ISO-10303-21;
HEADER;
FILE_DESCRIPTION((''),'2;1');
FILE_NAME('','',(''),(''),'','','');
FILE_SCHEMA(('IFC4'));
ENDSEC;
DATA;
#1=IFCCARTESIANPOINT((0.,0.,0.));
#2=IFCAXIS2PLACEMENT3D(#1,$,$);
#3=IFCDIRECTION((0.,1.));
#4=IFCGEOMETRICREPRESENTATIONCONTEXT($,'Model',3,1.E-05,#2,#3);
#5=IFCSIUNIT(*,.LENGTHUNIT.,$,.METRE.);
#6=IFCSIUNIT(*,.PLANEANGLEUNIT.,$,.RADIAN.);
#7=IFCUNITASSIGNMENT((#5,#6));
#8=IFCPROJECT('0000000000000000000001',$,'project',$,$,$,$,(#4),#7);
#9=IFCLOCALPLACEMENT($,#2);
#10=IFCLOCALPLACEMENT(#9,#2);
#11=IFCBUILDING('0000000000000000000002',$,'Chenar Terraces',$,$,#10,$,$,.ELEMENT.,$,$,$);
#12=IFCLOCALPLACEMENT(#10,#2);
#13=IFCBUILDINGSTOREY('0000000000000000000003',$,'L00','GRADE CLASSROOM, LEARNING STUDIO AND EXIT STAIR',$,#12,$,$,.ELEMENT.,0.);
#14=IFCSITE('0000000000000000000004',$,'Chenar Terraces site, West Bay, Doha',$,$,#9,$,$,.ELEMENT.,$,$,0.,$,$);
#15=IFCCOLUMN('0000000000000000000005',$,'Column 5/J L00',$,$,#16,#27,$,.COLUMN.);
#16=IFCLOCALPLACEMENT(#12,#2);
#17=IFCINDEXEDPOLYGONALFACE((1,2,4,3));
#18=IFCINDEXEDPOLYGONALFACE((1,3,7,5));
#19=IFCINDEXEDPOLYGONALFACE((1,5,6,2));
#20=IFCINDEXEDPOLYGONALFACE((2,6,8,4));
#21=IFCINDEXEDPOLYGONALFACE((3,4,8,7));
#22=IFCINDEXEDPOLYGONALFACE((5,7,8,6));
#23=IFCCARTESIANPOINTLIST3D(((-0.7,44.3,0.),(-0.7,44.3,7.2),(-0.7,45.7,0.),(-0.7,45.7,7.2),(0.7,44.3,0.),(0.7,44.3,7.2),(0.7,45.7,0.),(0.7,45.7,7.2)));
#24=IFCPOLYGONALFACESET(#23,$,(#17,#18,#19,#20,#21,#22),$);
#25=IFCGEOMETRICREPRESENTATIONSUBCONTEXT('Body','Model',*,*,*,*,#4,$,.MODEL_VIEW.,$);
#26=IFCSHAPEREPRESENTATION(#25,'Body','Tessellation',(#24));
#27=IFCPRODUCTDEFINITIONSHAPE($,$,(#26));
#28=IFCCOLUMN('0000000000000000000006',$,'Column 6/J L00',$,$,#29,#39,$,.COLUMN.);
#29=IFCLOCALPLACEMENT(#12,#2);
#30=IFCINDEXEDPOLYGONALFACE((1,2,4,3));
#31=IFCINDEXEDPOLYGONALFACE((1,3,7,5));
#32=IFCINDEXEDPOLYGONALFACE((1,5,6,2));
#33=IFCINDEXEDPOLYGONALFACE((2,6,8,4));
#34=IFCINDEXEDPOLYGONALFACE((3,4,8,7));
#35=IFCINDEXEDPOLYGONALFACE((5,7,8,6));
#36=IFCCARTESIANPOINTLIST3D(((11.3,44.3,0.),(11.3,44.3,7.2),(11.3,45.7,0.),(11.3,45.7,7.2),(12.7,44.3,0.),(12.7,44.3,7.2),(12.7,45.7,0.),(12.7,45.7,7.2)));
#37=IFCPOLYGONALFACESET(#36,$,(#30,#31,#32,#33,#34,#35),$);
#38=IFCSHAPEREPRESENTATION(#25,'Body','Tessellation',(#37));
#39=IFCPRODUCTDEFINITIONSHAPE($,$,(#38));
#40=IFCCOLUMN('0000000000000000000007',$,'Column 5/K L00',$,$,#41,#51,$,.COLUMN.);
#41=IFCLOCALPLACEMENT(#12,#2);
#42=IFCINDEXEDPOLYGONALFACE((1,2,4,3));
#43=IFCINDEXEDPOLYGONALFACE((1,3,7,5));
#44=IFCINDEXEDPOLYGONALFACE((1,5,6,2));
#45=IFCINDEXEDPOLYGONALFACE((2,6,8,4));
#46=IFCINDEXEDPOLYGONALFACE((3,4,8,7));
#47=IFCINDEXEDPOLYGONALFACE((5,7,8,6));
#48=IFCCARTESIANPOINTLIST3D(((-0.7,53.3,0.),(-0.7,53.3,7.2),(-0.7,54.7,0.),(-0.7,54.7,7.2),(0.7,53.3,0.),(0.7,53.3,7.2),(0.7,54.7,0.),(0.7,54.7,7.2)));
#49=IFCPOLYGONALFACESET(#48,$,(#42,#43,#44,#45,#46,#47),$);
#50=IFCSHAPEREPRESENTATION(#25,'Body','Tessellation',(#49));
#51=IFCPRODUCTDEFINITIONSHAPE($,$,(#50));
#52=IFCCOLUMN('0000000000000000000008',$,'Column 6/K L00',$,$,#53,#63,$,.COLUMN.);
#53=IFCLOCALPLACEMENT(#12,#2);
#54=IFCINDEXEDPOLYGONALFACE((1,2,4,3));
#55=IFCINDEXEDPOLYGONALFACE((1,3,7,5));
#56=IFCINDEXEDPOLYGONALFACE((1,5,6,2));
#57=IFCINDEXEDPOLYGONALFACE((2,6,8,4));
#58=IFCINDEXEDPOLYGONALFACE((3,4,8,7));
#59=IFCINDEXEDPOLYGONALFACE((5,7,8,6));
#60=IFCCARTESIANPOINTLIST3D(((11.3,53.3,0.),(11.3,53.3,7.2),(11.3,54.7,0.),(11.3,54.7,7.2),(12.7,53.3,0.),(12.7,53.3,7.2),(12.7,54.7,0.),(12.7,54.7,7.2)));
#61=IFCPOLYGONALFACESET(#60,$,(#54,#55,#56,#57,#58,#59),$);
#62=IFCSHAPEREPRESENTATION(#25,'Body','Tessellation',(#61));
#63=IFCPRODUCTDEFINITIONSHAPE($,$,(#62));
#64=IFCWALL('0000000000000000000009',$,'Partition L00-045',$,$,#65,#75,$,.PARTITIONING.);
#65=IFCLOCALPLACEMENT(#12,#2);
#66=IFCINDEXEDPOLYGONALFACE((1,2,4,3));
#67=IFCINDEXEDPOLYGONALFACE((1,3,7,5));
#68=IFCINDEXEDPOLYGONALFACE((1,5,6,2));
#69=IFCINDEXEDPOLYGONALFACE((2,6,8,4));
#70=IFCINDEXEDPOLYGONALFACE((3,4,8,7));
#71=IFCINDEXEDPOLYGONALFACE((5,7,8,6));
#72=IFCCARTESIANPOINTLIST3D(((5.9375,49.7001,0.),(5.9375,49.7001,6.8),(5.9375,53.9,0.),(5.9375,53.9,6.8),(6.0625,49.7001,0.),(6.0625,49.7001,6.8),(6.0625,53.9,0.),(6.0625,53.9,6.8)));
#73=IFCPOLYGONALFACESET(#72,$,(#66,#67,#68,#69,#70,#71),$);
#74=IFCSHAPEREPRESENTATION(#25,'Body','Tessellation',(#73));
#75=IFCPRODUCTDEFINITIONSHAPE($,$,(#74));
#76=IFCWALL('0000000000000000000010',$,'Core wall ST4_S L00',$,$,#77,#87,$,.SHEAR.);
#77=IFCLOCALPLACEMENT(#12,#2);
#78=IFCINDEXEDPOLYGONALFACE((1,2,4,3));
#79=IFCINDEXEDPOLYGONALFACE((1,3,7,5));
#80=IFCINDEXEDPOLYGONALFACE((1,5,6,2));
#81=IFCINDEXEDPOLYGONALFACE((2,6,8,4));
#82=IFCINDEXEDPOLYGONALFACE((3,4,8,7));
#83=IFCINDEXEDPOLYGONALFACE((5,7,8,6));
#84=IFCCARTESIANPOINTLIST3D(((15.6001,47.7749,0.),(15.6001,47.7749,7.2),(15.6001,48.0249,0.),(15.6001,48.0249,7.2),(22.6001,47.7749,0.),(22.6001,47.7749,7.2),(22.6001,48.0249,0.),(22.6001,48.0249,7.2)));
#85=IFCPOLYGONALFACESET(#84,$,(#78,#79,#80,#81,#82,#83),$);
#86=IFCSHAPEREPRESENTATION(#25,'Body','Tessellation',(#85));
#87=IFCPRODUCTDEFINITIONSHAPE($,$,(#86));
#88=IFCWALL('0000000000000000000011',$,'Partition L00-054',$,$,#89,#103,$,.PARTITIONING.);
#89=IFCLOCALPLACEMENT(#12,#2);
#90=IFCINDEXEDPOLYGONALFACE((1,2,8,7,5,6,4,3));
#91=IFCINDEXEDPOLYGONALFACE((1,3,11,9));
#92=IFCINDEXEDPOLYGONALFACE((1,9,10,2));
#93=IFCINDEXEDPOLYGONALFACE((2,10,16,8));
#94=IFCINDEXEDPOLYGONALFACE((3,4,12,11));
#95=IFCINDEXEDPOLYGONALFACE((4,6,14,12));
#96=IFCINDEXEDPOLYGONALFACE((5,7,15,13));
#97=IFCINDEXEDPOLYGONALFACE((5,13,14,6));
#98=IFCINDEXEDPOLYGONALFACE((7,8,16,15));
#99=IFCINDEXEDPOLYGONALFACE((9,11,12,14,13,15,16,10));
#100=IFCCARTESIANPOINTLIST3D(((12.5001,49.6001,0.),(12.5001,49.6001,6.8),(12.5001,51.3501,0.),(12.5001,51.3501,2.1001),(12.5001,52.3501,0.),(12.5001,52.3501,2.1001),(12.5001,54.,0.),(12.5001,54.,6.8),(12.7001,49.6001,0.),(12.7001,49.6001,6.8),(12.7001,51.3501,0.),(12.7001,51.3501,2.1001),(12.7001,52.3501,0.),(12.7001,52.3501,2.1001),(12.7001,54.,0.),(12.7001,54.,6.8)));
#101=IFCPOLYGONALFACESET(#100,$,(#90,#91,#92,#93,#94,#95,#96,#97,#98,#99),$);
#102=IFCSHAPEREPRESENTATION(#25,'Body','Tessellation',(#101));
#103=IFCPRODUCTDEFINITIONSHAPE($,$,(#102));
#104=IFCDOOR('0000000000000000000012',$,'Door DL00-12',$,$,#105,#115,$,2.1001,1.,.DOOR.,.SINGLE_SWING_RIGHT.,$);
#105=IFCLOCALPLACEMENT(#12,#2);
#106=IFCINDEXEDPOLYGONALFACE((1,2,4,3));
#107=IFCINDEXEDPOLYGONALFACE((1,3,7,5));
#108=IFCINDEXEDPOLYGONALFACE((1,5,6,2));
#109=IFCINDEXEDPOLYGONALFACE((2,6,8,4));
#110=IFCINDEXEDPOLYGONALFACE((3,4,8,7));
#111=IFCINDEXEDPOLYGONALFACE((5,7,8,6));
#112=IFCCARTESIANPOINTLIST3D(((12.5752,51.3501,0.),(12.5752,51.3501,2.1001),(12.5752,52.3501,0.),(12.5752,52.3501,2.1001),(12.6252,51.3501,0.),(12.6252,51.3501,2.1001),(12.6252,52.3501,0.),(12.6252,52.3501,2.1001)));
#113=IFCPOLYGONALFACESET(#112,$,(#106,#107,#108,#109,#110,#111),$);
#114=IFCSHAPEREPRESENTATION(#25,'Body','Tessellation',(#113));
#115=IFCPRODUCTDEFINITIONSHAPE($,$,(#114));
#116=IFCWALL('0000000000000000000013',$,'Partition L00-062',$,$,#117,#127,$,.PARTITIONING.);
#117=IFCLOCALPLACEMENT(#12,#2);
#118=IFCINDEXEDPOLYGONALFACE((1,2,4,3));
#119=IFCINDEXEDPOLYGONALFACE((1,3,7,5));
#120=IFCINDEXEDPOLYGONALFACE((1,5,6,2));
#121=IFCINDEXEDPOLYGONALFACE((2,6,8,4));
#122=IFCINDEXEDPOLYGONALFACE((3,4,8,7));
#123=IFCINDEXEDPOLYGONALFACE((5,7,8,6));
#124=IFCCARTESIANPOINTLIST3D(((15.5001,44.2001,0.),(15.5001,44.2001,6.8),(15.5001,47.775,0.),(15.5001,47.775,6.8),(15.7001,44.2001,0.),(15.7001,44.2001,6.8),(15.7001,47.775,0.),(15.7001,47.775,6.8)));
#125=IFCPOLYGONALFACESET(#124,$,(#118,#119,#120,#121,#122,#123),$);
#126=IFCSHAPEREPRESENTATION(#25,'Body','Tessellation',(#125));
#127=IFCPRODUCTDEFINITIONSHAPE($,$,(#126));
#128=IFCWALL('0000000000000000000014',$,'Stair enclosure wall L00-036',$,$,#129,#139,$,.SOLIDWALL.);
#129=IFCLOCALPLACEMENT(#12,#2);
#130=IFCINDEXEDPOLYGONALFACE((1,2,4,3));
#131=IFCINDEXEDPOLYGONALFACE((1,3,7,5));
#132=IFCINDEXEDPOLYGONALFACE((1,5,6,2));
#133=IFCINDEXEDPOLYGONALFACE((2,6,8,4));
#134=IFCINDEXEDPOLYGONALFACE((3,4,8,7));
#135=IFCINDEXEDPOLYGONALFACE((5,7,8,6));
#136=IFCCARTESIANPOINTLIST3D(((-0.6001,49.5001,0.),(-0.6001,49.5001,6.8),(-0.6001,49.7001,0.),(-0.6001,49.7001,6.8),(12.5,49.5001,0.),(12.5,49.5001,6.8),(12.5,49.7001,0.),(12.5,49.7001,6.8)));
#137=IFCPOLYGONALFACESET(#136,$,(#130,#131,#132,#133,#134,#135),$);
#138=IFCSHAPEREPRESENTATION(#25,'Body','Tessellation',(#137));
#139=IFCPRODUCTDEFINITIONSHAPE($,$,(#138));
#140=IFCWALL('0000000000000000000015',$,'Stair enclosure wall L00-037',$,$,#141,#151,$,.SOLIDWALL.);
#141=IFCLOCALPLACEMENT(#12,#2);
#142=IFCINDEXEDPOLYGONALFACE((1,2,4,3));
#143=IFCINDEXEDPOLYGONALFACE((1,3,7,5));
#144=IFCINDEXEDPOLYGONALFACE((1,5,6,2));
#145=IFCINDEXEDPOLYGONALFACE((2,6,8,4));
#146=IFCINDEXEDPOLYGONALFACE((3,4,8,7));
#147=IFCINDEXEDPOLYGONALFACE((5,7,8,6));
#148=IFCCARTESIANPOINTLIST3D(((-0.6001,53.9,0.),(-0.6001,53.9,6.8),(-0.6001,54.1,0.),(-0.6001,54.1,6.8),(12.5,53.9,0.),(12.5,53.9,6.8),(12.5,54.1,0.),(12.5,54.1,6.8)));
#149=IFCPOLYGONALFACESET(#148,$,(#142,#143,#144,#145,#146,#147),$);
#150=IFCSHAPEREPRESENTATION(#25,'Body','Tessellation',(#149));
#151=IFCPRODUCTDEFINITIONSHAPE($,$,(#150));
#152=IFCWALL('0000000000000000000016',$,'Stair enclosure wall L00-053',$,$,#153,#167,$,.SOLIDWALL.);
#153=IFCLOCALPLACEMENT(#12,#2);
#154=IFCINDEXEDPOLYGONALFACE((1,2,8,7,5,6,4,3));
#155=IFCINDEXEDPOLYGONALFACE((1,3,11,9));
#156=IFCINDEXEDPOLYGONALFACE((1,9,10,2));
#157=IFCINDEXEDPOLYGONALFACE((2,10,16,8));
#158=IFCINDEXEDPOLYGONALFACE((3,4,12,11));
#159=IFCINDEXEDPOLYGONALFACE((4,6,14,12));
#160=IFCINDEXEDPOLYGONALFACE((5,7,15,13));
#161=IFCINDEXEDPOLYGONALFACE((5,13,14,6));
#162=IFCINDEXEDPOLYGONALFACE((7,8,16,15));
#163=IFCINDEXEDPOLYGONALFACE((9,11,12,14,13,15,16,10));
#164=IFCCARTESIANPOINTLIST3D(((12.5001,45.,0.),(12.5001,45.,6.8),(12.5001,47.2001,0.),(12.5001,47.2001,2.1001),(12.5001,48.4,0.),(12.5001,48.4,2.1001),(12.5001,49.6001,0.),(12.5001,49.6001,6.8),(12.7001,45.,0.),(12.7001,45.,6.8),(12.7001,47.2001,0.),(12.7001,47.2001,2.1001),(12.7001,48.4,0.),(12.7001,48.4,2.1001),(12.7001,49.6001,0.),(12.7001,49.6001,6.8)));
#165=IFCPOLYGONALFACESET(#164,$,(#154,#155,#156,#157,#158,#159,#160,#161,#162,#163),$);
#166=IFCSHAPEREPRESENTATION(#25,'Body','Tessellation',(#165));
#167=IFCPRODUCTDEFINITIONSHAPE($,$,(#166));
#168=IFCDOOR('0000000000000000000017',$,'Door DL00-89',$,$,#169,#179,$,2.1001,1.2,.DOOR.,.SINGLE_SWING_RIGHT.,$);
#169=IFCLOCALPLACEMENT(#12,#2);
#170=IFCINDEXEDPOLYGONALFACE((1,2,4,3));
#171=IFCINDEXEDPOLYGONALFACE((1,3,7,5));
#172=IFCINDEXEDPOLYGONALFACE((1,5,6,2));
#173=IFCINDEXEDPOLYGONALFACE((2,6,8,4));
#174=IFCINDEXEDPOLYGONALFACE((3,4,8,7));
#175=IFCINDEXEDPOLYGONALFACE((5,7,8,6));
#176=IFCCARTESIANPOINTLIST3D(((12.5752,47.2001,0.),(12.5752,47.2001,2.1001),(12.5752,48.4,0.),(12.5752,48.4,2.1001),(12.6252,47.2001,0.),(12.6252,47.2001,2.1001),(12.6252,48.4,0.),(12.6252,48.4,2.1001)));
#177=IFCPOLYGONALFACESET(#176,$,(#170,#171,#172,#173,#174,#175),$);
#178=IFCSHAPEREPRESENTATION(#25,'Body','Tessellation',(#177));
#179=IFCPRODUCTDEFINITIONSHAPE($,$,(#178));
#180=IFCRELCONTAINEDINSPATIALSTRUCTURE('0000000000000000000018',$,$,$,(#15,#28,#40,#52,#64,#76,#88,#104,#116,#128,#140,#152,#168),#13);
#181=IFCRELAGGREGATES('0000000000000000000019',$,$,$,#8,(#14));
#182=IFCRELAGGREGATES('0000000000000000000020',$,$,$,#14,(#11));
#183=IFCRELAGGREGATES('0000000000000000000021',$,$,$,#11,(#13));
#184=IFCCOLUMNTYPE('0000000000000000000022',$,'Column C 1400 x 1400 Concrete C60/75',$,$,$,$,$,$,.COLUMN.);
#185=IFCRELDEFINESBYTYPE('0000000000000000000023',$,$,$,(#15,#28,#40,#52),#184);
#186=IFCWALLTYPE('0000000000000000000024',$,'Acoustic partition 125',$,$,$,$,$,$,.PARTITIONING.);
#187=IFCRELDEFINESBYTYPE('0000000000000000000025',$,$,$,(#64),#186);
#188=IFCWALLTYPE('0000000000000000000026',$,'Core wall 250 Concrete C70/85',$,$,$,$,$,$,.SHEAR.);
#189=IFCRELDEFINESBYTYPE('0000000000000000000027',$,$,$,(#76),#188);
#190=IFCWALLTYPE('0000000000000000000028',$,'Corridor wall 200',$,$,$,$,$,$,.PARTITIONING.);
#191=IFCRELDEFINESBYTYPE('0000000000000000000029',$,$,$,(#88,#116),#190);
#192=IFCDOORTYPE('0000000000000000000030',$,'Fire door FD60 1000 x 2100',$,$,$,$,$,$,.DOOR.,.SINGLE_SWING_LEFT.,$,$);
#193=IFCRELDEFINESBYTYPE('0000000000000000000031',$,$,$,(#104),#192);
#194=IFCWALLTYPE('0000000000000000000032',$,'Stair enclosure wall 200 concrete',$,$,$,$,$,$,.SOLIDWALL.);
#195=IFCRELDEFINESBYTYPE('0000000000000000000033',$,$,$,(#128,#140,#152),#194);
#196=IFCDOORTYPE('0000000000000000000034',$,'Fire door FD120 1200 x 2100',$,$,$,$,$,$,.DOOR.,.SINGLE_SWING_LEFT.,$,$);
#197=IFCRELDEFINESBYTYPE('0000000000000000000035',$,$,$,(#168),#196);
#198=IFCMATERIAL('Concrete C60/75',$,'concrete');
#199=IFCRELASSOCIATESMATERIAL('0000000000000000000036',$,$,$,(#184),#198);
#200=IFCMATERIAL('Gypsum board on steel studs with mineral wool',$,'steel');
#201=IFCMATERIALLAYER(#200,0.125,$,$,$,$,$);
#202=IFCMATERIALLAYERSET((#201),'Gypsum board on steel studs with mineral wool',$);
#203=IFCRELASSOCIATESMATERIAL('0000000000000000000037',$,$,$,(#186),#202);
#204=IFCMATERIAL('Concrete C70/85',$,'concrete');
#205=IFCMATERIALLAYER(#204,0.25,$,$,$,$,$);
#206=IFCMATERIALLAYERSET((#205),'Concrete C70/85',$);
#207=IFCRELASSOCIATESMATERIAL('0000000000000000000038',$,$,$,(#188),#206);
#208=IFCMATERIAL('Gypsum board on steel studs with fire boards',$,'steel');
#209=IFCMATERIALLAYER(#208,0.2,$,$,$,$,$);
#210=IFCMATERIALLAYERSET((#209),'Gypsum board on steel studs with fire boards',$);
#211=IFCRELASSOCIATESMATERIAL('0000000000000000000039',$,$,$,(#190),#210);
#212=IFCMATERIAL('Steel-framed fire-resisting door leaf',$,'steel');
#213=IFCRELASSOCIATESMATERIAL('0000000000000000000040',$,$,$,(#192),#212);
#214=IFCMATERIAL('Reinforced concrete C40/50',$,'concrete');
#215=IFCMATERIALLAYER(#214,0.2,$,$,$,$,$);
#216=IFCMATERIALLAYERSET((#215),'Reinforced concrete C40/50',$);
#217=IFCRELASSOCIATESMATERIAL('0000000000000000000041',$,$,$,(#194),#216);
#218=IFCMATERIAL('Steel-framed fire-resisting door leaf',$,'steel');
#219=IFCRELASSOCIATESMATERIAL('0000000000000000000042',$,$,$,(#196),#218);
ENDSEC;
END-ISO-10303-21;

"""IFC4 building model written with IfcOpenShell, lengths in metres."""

from ifc_helpers import new_model, si_unit, direction, frame, frame_2d, origin, origin_2d, place, context, subcontext, project, spatial, rectangle, extrude, material, layer, layer_set, material_profile, profile_set, type_object, element, fill, save


model = new_model("IFC4")

# Units and contexts
model_context = context("Model", 3, precision=1e-05, world=origin(), true_north=direction((0.0, 1.0)))
body_context = subcontext(model_context, "Body", "Model", "MODEL_VIEW")
ifc_project = project(units=[si_unit("LENGTHUNIT", "METRE"), si_unit("PLANEANGLEUNIT", "RADIAN")], contexts=[model_context])

# Site, building, storey
site_placement = place(None, origin())
site = spatial("IfcSite", under=ifc_project, at=site_placement, Name="Chenar Terraces site, West Bay, Doha", CompositionType="ELEMENT", RefElevation=0.0)
building_placement = place(site_placement, origin())
building = spatial("IfcBuilding", under=site, at=building_placement, Name="Chenar Terraces", CompositionType="ELEMENT")
storey_placement = place(building_placement, origin())
storey = spatial("IfcBuildingStorey", under=building, at=storey_placement, Name="L00", Description="GRADE CLASSROOM, LEARNING STUDIO AND EXIT STAIR", CompositionType="ELEMENT", Elevation=0.0)

# Columns
ifc_material_1 = material(Name="Concrete C60/75", Category="concrete")
ifc_material_profile = material_profile(ifc_material_1, rectangle(XDim=1.3999, YDim=1.3999, at=origin_2d()), Name="C 1400 x 1400")
ifc_profile_set = profile_set([ifc_material_profile], Name="Concrete C60/75")
column_type = type_object("IfcColumnType", Name="Column C 1400 x 1400 Concrete C60/75", PredefinedType="COLUMN", material=ifc_profile_set)
for number, where, z_axis, x_axis, name in (
    (1, (0.0, 45.0, 0.0), (0.0, 0.0, 1.0), (1.0, 0.0, 0.0), "Column 5/J L00"),
    (2, (12.0, 45.0, 0.0), (0.0, 0.0, 1.0), (1.0, 0.0, 0.0), "Column 6/J L00"),
    (3, (0.0, 54.0, 0.0), (0.0, 0.0, 1.0), (1.0, 0.0, 0.0), "Column 5/K L00"),
    (4, (12.0, 54.0, 0.0), (0.0, 0.0, 1.0), (1.0, 0.0, 0.0), "Column 6/K L00"),
):
    element("IfcColumn", number, at=place(storey_placement, frame(where, z_axis=z_axis, x_axis=x_axis)), inside=storey, type_object=column_type, Name=name, PredefinedType="COLUMN", context=body_context, shape_type="SweptSolid", body=[
        extrude(rectangle(XDim=1.3999, YDim=1.3999, at=origin_2d()), origin(), (0.0, 0.0, 1.0), 7.2),
    ])

# Walls
ifc_material_2 = material(Name="Gypsum board on steel studs with mineral wool", Category="steel")
ifc_layer_1 = layer(ifc_material_2, 0.125)
ifc_layer_set_1 = layer_set([ifc_layer_1], Name="Gypsum board on steel studs with mineral wool")
wall_type_1 = type_object("IfcWallType", Name="Acoustic partition 125", PredefinedType="PARTITIONING", material=ifc_layer_set_1)
wall_1_placement = place(storey_placement, frame((6.0, 49.7, 0.0), z_axis=(0.0, 0.0, 1.0), x_axis=(0.0, 1.0, 0.0)))
element("IfcWall", 5, at=wall_1_placement, inside=storey, type_object=wall_type_1, Name="Partition L00-045", PredefinedType="PARTITIONING", context=body_context, shape_type="SweptSolid", body=[
    extrude(rectangle(XDim=4.2, YDim=0.125, at=frame_2d((2.1001, 0.0))), origin(), (0.0, 0.0, 1.0), 6.8),
])
ifc_material_3 = material(Name="Concrete C70/85", Category="concrete")
ifc_layer_2 = layer(ifc_material_3, 0.25)
ifc_layer_set_2 = layer_set([ifc_layer_2], Name="Concrete C70/85")
wall_type_2 = type_object("IfcWallType", Name="Core wall 250 Concrete C70/85", PredefinedType="SHEAR", material=ifc_layer_set_2)
wall_2_placement = place(storey_placement, frame((15.6001, 47.8999, 0.0), z_axis=(0.0, 0.0, 1.0), x_axis=(1.0, 0.0, 0.0)))
element("IfcWall", 6, at=wall_2_placement, inside=storey, type_object=wall_type_2, Name="Core wall ST4_S L00", PredefinedType="SHEAR", context=body_context, shape_type="SweptSolid", body=[
    extrude(rectangle(XDim=7.0, YDim=0.25, at=frame_2d((3.5, 0.0))), origin(), (0.0, 0.0, 1.0), 7.2),
])

# Wall, opening, door
ifc_material_4 = material(Name="Gypsum board on steel studs with fire boards", Category="steel")
ifc_layer_3 = layer(ifc_material_4, 0.2)
ifc_layer_set_3 = layer_set([ifc_layer_3], Name="Gypsum board on steel studs with fire boards")
wall_type_3 = type_object("IfcWallType", Name="Corridor wall 200", PredefinedType="PARTITIONING", material=ifc_layer_set_3)
wall_3_placement = place(storey_placement, frame((12.6001, 49.6001, 0.0), z_axis=(0.0, 0.0, 1.0), x_axis=(0.0, 1.0, 0.0)))
wall_3 = element("IfcWall", 7, at=wall_3_placement, inside=storey, type_object=wall_type_3, Name="Partition L00-054", PredefinedType="PARTITIONING", context=body_context, shape_type="SweptSolid", body=[
    extrude(rectangle(XDim=4.3999, YDim=0.2, at=frame_2d((2.2, 0.0))), origin(), (0.0, 0.0, 1.0), 6.8),
])
opening_1_placement = place(wall_3_placement, frame((1.75, 0.0, 0.0)))
opening_1 = element("IfcOpeningElement", 8, at=opening_1_placement, cuts=wall_3, PredefinedType="OPENING", context=body_context, shape_type="SweptSolid", body=[
    extrude(rectangle(XDim=1.0, YDim=2.1001, at=frame_2d((0.5, 1.05))), frame((0.0, 0.1099, 0.0), z_axis=(0.0, -1.0, 0.0), x_axis=(1.0, 0.0, 0.0)), (0.0, 0.0, 1.0), 0.22),
])
ifc_material_5 = material(Name="Steel-framed fire-resisting door leaf", Category="steel")
door_type_1 = type_object("IfcDoorType", Name="Fire door FD60 1000 x 2100", OperationType="SINGLE_SWING_LEFT", PredefinedType="DOOR", material=ifc_material_5)
door_1_placement = place(opening_1_placement, origin())
door_1 = element("IfcDoor", 9, at=door_1_placement, inside=storey, type_object=door_type_1, Name="Door DL00-12", OperationType="SINGLE_SWING_RIGHT", OverallHeight=2.1001, OverallWidth=1.0, PredefinedType="DOOR", context=body_context, shape_type="SweptSolid", body=[
    extrude(rectangle(XDim=1.0, YDim=2.1001, at=frame_2d((0.5, 1.05))), frame((0.0, 0.0249, 0.0), z_axis=(0.0, -1.0, 0.0), x_axis=(1.0, 0.0, 0.0)), (0.0, 0.0, 1.0), 0.05),
])
fill(opening_1, door_1)

# Walls
wall_4_placement = place(storey_placement, frame((15.6001, 44.2, 0.0), z_axis=(0.0, 0.0, 1.0), x_axis=(0.0, 1.0, 0.0)))
element("IfcWall", 10, at=wall_4_placement, inside=storey, type_object=wall_type_3, Name="Partition L00-062", PredefinedType="PARTITIONING", context=body_context, shape_type="SweptSolid", body=[
    extrude(rectangle(XDim=3.575, YDim=0.2, at=frame_2d((1.7876, 0.0))), origin(), (0.0, 0.0, 1.0), 6.8),
])
ifc_material_6 = material(Name="Reinforced concrete C40/50", Category="concrete")
ifc_layer_4 = layer(ifc_material_6, 0.2)
ifc_layer_set_4 = layer_set([ifc_layer_4], Name="Reinforced concrete C40/50")
wall_type_4 = type_object("IfcWallType", Name="Stair enclosure wall 200 concrete", PredefinedType="SOLIDWALL", material=ifc_layer_set_4)
for number, where, z_axis, x_axis, name in (
    (11, (-0.6001, 49.6001, 0.0), (0.0, 0.0, 1.0), (1.0, 0.0, 0.0), "Stair enclosure wall L00-036"),
    (12, (-0.6001, 54.0, 0.0), (0.0, 0.0, 1.0), (1.0, 0.0, 0.0), "Stair enclosure wall L00-037"),
):
    element("IfcWall", number, at=place(storey_placement, frame(where, z_axis=z_axis, x_axis=x_axis)), inside=storey, type_object=wall_type_4, Name=name, PredefinedType="SOLIDWALL", context=body_context, shape_type="SweptSolid", body=[
        extrude(rectangle(XDim=13.1001, YDim=0.2, at=frame_2d((6.55, 0.0))), origin(), (0.0, 0.0, 1.0), 6.8),
    ])

# Wall, opening, door
wall_5_placement = place(storey_placement, frame((12.6001, 45.0, 0.0), z_axis=(0.0, 0.0, 1.0), x_axis=(0.0, 1.0, 0.0)))
wall_5 = element("IfcWall", 13, at=wall_5_placement, inside=storey, type_object=wall_type_4, Name="Stair enclosure wall L00-053", PredefinedType="SOLIDWALL", context=body_context, shape_type="SweptSolid", body=[
    extrude(rectangle(XDim=4.6001, YDim=0.2, at=frame_2d((2.3, 0.0))), origin(), (0.0, 0.0, 1.0), 6.8),
])
opening_2_placement = place(wall_5_placement, frame((2.2, 0.0, 0.0)))
opening_2 = element("IfcOpeningElement", 14, at=opening_2_placement, cuts=wall_5, PredefinedType="OPENING", context=body_context, shape_type="SweptSolid", body=[
    extrude(rectangle(XDim=1.2, YDim=2.1001, at=frame_2d((0.6001, 1.05))), frame((0.0, 0.1099, 0.0), z_axis=(0.0, -1.0, 0.0), x_axis=(1.0, 0.0, 0.0)), (0.0, 0.0, 1.0), 0.22),
])
ifc_material_7 = material(Name="Steel-framed fire-resisting door leaf", Category="steel")
door_type_2 = type_object("IfcDoorType", Name="Fire door FD120 1200 x 2100", OperationType="SINGLE_SWING_LEFT", PredefinedType="DOOR", material=ifc_material_7)
door_2_placement = place(opening_2_placement, origin())
door_2 = element("IfcDoor", 15, at=door_2_placement, inside=storey, type_object=door_type_2, Name="Door DL00-89", OperationType="SINGLE_SWING_RIGHT", OverallHeight=2.1001, OverallWidth=1.2, PredefinedType="DOOR", context=body_context, shape_type="SweptSolid", body=[
    extrude(rectangle(XDim=1.2, YDim=2.1001, at=frame_2d((0.6001, 1.05))), frame((0.0, 0.0249, 0.0), z_axis=(0.0, -1.0, 0.0), x_axis=(1.0, 0.0, 0.0)), (0.0, 0.0, 1.0), 0.05),
])
fill(opening_2, door_2)

save(model, "model.ifc")
